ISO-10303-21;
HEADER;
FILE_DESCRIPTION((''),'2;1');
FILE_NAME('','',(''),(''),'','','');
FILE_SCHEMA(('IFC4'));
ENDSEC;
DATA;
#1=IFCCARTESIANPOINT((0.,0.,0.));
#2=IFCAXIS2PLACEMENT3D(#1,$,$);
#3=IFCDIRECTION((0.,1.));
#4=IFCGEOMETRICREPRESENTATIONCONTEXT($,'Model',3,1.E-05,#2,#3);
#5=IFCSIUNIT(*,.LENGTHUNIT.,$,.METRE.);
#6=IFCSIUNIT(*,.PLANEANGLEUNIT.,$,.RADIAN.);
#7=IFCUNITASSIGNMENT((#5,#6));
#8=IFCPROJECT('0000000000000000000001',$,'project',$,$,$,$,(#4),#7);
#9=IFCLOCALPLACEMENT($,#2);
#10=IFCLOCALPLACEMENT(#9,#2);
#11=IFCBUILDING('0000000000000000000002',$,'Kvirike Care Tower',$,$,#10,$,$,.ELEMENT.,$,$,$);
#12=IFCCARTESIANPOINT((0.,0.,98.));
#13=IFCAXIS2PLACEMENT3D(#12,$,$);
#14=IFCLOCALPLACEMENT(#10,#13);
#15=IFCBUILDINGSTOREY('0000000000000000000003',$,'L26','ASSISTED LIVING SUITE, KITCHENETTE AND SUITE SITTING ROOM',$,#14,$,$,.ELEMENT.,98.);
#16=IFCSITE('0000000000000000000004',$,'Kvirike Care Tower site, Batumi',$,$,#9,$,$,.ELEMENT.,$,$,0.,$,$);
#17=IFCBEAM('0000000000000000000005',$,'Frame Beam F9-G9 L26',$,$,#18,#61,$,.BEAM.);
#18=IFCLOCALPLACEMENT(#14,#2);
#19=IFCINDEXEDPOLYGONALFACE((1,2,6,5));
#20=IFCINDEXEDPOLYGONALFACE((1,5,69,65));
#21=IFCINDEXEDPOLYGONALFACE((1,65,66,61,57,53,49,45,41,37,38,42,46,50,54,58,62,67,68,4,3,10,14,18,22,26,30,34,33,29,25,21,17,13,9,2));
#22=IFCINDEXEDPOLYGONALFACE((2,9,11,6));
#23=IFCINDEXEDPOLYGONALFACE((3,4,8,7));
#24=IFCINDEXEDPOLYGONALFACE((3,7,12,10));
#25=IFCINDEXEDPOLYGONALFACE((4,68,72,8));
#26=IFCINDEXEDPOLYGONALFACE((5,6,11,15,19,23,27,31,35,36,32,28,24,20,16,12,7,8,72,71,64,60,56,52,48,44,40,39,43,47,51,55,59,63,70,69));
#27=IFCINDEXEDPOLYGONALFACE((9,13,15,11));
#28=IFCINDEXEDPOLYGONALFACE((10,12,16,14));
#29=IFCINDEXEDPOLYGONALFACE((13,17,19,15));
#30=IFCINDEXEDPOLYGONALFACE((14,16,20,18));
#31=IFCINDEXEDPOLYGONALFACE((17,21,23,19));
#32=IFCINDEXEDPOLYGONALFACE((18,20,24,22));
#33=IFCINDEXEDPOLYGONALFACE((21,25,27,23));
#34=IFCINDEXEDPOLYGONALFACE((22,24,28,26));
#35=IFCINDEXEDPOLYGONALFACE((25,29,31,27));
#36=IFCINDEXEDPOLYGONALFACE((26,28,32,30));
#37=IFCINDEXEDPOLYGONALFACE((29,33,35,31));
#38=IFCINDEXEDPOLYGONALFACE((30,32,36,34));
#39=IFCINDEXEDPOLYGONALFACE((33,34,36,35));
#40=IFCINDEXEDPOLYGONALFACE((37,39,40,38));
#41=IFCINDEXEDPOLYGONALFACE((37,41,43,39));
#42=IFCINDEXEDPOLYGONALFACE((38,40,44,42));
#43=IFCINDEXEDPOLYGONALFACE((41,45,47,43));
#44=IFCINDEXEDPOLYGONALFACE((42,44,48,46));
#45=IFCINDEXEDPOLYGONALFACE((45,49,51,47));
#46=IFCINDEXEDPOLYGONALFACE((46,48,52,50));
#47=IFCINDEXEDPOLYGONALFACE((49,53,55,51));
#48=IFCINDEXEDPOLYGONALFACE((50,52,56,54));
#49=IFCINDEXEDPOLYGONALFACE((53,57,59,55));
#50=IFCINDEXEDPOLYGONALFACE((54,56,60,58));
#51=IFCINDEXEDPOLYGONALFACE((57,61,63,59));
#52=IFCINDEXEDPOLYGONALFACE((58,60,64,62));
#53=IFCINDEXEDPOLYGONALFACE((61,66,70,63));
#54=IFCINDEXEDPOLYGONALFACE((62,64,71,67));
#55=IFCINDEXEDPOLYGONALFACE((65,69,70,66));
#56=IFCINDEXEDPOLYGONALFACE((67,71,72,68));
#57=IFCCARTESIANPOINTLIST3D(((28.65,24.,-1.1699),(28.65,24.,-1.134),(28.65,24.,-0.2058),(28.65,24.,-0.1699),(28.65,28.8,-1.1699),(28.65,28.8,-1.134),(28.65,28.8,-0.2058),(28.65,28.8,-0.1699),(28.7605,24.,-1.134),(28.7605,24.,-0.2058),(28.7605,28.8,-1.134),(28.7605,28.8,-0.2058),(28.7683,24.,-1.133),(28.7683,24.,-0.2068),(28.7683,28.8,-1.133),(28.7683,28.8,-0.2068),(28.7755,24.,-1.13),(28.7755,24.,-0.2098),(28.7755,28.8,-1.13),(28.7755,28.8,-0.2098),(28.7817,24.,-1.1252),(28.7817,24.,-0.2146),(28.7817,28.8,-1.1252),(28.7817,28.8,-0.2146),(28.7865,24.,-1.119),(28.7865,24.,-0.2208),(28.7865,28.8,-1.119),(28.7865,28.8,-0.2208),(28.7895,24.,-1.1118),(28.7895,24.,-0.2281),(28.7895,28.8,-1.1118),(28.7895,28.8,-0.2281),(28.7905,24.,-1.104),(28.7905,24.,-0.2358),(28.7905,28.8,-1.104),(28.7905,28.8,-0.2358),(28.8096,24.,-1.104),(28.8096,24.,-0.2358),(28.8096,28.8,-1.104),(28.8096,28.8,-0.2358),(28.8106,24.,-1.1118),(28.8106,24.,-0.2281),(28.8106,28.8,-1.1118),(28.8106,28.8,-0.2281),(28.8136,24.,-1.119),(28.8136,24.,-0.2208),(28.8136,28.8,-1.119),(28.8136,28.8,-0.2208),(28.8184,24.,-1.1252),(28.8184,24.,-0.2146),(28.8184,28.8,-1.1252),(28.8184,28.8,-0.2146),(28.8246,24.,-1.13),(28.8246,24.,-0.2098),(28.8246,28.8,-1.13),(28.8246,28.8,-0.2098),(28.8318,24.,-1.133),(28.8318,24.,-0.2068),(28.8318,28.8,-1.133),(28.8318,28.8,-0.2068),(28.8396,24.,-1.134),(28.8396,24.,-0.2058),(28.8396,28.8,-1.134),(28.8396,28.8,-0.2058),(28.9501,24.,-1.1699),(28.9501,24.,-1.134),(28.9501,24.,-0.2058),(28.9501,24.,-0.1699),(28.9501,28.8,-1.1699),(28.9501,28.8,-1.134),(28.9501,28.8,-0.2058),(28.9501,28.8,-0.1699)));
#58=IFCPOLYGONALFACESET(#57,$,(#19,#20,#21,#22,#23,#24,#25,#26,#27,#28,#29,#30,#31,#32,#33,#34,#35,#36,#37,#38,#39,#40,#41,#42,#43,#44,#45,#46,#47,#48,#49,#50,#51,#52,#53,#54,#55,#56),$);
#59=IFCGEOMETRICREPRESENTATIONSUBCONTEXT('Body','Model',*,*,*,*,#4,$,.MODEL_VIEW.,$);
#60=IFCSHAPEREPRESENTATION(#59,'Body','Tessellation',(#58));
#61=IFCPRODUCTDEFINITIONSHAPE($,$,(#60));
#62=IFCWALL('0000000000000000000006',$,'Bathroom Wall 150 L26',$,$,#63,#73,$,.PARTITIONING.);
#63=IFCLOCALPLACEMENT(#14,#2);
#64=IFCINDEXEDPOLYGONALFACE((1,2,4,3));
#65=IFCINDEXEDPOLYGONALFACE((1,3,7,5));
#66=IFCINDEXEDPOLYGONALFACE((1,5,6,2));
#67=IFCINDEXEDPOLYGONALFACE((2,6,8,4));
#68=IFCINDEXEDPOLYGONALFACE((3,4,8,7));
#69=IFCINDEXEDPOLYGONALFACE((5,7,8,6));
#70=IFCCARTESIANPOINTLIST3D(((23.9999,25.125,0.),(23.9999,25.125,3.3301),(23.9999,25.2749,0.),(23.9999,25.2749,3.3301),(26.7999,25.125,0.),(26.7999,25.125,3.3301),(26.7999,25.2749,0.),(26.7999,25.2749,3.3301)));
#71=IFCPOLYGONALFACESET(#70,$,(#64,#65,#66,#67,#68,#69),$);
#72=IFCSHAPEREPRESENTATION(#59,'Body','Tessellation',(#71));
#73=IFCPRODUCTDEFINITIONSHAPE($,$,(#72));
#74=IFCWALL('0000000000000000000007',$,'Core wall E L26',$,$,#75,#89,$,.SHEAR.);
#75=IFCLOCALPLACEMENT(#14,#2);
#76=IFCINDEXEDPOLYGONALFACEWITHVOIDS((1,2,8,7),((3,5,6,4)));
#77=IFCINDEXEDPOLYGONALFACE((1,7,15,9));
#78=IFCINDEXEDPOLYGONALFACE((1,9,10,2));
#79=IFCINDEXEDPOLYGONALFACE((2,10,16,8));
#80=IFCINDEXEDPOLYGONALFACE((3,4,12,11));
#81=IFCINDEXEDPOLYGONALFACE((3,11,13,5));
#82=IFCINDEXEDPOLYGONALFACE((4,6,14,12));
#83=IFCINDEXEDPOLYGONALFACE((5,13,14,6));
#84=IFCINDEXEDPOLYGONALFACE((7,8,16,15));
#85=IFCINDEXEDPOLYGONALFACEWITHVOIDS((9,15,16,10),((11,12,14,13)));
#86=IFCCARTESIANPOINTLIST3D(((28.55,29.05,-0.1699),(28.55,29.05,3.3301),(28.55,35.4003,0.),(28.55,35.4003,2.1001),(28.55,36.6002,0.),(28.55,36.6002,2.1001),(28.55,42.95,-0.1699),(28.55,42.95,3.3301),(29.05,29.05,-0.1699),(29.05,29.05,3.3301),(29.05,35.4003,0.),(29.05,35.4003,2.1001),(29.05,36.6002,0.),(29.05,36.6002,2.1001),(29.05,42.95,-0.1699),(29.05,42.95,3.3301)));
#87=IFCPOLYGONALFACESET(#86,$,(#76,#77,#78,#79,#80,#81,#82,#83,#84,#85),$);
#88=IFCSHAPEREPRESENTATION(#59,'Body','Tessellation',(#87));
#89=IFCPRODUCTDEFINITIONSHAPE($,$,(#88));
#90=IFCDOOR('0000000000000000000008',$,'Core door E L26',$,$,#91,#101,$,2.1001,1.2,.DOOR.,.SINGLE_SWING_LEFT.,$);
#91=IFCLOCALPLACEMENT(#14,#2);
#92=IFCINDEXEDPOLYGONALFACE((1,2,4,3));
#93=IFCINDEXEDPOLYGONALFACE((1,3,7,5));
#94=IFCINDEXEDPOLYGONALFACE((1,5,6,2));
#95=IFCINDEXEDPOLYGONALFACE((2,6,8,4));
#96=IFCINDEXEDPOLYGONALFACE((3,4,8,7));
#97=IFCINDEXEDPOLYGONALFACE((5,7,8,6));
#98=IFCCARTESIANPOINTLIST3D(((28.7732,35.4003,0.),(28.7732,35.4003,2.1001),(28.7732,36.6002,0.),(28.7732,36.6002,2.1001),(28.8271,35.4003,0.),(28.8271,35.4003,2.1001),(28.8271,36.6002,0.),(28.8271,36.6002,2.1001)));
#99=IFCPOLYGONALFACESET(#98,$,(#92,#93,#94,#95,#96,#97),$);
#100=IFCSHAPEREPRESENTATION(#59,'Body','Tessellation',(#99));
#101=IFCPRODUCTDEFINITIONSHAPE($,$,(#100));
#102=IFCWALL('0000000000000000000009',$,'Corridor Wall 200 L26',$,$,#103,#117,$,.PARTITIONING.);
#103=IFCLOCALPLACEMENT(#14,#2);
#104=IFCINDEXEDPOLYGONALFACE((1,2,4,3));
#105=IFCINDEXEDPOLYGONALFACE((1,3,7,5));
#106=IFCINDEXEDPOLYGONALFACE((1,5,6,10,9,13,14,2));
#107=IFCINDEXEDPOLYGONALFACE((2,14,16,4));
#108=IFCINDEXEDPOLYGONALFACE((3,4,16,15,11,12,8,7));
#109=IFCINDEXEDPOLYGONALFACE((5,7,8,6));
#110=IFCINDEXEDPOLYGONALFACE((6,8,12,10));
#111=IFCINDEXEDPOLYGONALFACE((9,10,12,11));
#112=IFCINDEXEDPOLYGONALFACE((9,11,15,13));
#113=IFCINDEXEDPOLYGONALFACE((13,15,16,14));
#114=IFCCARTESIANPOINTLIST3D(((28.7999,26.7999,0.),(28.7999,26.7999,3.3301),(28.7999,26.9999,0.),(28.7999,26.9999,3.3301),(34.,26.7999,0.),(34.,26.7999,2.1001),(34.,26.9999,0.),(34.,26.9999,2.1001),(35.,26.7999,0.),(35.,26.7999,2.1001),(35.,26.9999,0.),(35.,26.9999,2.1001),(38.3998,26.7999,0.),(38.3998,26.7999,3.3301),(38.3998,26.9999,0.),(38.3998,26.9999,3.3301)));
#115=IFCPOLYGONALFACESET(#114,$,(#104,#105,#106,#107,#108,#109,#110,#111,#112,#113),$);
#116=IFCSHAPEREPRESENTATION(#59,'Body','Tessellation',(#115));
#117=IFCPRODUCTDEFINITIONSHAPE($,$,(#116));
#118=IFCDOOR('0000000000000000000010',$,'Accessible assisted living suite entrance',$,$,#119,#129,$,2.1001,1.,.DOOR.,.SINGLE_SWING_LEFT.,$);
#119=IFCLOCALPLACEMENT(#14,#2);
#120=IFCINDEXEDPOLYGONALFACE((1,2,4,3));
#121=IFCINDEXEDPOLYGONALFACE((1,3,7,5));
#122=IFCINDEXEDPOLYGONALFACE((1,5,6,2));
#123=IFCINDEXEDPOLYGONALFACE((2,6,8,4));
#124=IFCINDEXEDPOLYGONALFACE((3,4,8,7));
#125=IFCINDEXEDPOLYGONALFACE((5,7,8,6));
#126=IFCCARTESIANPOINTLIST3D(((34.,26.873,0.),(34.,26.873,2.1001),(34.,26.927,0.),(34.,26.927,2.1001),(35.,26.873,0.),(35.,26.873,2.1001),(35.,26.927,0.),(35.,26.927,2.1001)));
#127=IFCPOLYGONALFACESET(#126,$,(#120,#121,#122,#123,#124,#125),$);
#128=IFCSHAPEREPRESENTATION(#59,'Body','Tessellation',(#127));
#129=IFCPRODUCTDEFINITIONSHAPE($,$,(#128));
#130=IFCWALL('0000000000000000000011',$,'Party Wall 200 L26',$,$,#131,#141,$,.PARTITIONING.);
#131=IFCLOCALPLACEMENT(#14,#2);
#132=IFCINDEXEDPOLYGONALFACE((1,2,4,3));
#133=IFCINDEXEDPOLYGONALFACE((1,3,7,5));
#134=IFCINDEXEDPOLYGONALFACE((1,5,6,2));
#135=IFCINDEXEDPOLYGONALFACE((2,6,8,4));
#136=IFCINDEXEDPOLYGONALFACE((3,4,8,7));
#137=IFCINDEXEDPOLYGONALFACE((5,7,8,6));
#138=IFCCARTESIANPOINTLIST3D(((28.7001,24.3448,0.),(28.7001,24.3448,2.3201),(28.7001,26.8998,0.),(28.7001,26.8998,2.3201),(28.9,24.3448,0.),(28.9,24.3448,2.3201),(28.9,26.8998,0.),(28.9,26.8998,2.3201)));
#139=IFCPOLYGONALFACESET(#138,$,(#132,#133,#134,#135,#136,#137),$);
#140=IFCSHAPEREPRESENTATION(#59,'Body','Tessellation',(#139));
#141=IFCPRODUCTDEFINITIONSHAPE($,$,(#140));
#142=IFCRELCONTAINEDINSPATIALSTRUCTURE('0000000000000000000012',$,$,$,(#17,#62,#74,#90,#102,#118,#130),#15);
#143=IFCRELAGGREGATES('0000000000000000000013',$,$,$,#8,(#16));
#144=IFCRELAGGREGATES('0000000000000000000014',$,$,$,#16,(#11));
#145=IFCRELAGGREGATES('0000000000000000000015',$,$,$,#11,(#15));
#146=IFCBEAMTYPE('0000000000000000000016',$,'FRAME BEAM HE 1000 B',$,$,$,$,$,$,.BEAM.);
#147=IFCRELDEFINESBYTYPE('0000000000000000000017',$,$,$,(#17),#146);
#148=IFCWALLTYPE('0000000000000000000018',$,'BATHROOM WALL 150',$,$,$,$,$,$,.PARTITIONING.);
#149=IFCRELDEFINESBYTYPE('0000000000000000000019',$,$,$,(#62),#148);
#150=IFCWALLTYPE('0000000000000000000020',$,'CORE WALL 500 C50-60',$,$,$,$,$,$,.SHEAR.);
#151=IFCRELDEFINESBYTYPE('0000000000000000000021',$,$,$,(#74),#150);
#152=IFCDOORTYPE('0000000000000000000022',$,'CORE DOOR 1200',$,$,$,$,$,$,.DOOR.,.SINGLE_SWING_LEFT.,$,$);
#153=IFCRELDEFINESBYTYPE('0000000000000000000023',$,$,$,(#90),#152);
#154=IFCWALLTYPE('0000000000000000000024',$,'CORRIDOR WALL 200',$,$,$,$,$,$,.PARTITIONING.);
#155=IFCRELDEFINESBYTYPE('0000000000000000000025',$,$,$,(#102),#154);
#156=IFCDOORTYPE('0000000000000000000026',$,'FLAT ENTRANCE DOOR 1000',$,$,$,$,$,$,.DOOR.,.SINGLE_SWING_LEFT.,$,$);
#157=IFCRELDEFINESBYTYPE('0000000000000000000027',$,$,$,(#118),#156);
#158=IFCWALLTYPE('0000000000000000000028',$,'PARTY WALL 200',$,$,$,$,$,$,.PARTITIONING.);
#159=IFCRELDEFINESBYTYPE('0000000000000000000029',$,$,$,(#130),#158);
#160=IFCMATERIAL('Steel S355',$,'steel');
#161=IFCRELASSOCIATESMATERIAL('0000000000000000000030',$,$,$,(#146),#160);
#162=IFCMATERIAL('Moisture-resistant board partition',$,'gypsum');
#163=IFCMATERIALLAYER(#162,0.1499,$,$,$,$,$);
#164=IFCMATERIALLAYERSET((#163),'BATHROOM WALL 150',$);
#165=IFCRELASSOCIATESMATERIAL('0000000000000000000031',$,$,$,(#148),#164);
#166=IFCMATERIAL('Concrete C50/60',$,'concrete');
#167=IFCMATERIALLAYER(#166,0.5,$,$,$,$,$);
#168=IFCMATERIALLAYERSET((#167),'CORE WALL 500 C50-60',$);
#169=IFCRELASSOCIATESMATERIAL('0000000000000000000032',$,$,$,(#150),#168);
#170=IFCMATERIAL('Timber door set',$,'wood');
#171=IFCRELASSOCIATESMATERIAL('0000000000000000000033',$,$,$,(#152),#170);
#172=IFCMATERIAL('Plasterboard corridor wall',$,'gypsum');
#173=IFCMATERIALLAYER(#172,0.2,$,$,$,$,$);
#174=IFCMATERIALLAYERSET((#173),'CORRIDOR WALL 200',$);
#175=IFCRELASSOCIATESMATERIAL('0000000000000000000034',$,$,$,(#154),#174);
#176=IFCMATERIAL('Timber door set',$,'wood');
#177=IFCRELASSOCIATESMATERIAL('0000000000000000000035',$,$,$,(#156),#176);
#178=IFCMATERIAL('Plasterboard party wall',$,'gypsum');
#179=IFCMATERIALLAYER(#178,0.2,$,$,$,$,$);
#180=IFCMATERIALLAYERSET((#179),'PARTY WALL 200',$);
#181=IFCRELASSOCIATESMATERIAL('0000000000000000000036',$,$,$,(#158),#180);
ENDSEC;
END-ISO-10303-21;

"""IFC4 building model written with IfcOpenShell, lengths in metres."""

from ifc_helpers import new_model, si_unit, direction, frame, frame_2d, origin, origin_2d, place, context, subcontext, project, spatial, rectangle, i_section, extrude, material, layer, layer_set, material_profile, profile_set, type_object, element, fill, save


model = new_model("IFC4")

# Units and contexts
model_context = context("Model", 3, precision=1e-05, world=origin(), true_north=direction((0.0, 1.0)))
body_context = subcontext(model_context, "Body", "Model", "MODEL_VIEW")
ifc_project = project(units=[si_unit("LENGTHUNIT", "METRE"), si_unit("PLANEANGLEUNIT", "RADIAN")], contexts=[model_context])

# Site, building, storey
site_placement = place(None, origin())
site = spatial("IfcSite", under=ifc_project, at=site_placement, Name="Kvirike Care Tower site, Batumi", CompositionType="ELEMENT", RefElevation=0.0)
building_placement = place(site_placement, origin())
building = spatial("IfcBuilding", under=site, at=building_placement, Name="Kvirike Care Tower", CompositionType="ELEMENT")
storey_placement = place(building_placement, frame((0.0, 0.0, 98.0)))
storey = spatial("IfcBuildingStorey", under=building, at=storey_placement, Name="L26", Description="ASSISTED LIVING SUITE, KITCHENETTE AND SUITE SITTING ROOM", CompositionType="ELEMENT", Elevation=98.0)

# Beam
ifc_material_1 = material(Name="Steel S355", Category="steel")
ifc_material_profile_1 = material_profile(ifc_material_1, i_section(OverallWidth=0.3, OverallDepth=1.0, WebThickness=0.019, FlangeThickness=0.0359, FilletRadius=0.03, at=origin_2d()), Name="HE 1000 B")
ifc_profile_set_1 = profile_set([ifc_material_profile_1], Name="Steel S355")
beam_type_1 = type_object("IfcBeamType", Name="FRAME BEAM HE 1000 B", PredefinedType="BEAM", material=ifc_profile_set_1)
for number, where, z_axis, x_axis, name in (
    (1, (28.8, 24.0, -0.6699), (0.0, 1.0, 0.0), (-1.0, 0.0, 0.0), "Frame Beam F9-G9 L26"),
):
    element("IfcBeam", number, at=place(storey_placement, frame(where, z_axis=z_axis, x_axis=x_axis)), inside=storey, type_object=beam_type_1, Name=name, PredefinedType="BEAM", context=body_context, shape_type="SweptSolid", body=[
        extrude(i_section(OverallWidth=0.3, OverallDepth=1.0, WebThickness=0.019, FlangeThickness=0.0359, FilletRadius=0.03, at=origin_2d()), origin(), (0.0, 0.0, 1.0), 4.8),
    ])

# Wall
ifc_material_2 = material(Name="Moisture-resistant board partition", Category="gypsum")
ifc_layer_1 = layer(ifc_material_2, 0.1499)
ifc_layer_set_1 = layer_set([ifc_layer_1], Name="BATHROOM WALL 150")
wall_type_1 = type_object("IfcWallType", Name="BATHROOM WALL 150", PredefinedType="PARTITIONING", material=ifc_layer_set_1)
wall_1_placement = place(storey_placement, frame((24.0, 25.2, 0.0), z_axis=(0.0, 0.0, 1.0), x_axis=(1.0, 0.0, 0.0)))
element("IfcWall", 2, at=wall_1_placement, inside=storey, type_object=wall_type_1, Name="Bathroom Wall 150 L26", PredefinedType="PARTITIONING", context=body_context, shape_type="SweptSolid", body=[
    extrude(rectangle(XDim=2.8, YDim=0.1499, at=frame_2d((1.3999, 0.0))), origin(), (0.0, 0.0, 1.0), 3.3301),
])

# Walls, openings, doors
ifc_material_3 = material(Name="Concrete C50/60", Category="concrete")
ifc_layer_2 = layer(ifc_material_3, 0.5)
ifc_layer_set_2 = layer_set([ifc_layer_2], Name="CORE WALL 500 C50-60")
wall_type_2 = type_object("IfcWallType", Name="CORE WALL 500 C50-60", PredefinedType="SHEAR", material=ifc_layer_set_2)
wall_2_placement = place(storey_placement, frame((28.8, 29.05, -0.1699), z_axis=(0.0, 0.0, 1.0), x_axis=(0.0, 1.0, 0.0)))
wall_2 = element("IfcWall", 3, at=wall_2_placement, inside=storey, type_object=wall_type_2, Name="Core wall E L26", PredefinedType="SHEAR", context=body_context, shape_type="SweptSolid", body=[
    extrude(rectangle(XDim=13.8999, YDim=0.5, at=frame_2d((6.95, 0.0))), origin(), (0.0, 0.0, 1.0), 3.5),
])
opening_1_placement = place(wall_2_placement, frame((6.3501, 0.0, 0.1699)))
opening_1 = element("IfcOpeningElement", 4, at=opening_1_placement, cuts=wall_2, PredefinedType="OPENING", context=body_context, shape_type="SweptSolid", body=[
    extrude(rectangle(XDim=1.2, YDim=2.1001, at=frame_2d((0.6001, 1.05))), frame((0.0, 0.2605, 0.0), z_axis=(0.0, -1.0, 0.0), x_axis=(1.0, 0.0, 0.0)), (0.0, 0.0, 1.0), 0.521),
])
ifc_material_4 = material(Name="Timber door set", Category="wood")
door_type_1 = type_object("IfcDoorType", Name="CORE DOOR 1200", OperationType="SINGLE_SWING_LEFT", PredefinedType="DOOR", material=ifc_material_4)
door_1_placement = place(opening_1_placement, origin())
door_1 = element("IfcDoor", 5, at=door_1_placement, inside=storey, type_object=door_type_1, Name="Core door E L26", OperationType="SINGLE_SWING_LEFT", OverallHeight=2.1001, OverallWidth=1.2, PredefinedType="DOOR", context=body_context, shape_type="SweptSolid", body=[
    extrude(rectangle(XDim=1.2, YDim=2.1001, at=frame_2d((0.6001, 1.05))), frame((0.0, 0.0269, 0.0), z_axis=(0.0, -1.0, 0.0), x_axis=(1.0, 0.0, 0.0)), (0.0, 0.0, 1.0), 0.054),
])
fill(opening_1, door_1)
ifc_material_5 = material(Name="Plasterboard corridor wall", Category="gypsum")
ifc_layer_3 = layer(ifc_material_5, 0.2)
ifc_layer_set_3 = layer_set([ifc_layer_3], Name="CORRIDOR WALL 200")
wall_type_3 = type_object("IfcWallType", Name="CORRIDOR WALL 200", PredefinedType="PARTITIONING", material=ifc_layer_set_3)
wall_3_placement = place(storey_placement, frame((28.8, 26.8999, 0.0), z_axis=(0.0, 0.0, 1.0), x_axis=(1.0, 0.0, 0.0)))
wall_3 = element("IfcWall", 6, at=wall_3_placement, inside=storey, type_object=wall_type_3, Name="Corridor Wall 200 L26", PredefinedType="PARTITIONING", context=body_context, shape_type="SweptSolid", body=[
    extrude(rectangle(XDim=9.5999, YDim=0.2, at=frame_2d((4.7998, 0.0))), origin(), (0.0, 0.0, 1.0), 3.3301),
])
opening_2_placement = place(wall_3_placement, frame((5.2, 0.0, 0.0)))
opening_2 = element("IfcOpeningElement", 7, at=opening_2_placement, cuts=wall_3, PredefinedType="OPENING", context=body_context, shape_type="SweptSolid", body=[
    extrude(rectangle(XDim=1.0, YDim=2.1001, at=frame_2d((0.5, 1.05))), frame((0.0, 0.1106, 0.0), z_axis=(0.0, -1.0, 0.0), x_axis=(1.0, 0.0, 0.0)), (0.0, 0.0, 1.0), 0.2209),
])
ifc_material_6 = material(Name="Timber door set", Category="wood")
door_type_2 = type_object("IfcDoorType", Name="FLAT ENTRANCE DOOR 1000", OperationType="SINGLE_SWING_LEFT", PredefinedType="DOOR", material=ifc_material_6)
door_2_placement = place(opening_2_placement, frame((1.0, 0.0, 0.0), z_axis=(0.0, 0.0, 1.0), x_axis=(-1.0, 0.0, 0.0)))
door_2 = element("IfcDoor", 8, at=door_2_placement, inside=storey, type_object=door_type_2, Name="Accessible assisted living suite entrance", OperationType="SINGLE_SWING_LEFT", OverallHeight=2.1001, OverallWidth=1.0, PredefinedType="DOOR", context=body_context, shape_type="SweptSolid", body=[
    extrude(rectangle(XDim=1.0, YDim=2.1001, at=frame_2d((0.5, 1.05))), frame((0.0, 0.0269, 0.0), z_axis=(0.0, -1.0, 0.0), x_axis=(1.0, 0.0, 0.0)), (0.0, 0.0, 1.0), 0.054),
])
fill(opening_2, door_2)

# Wall
ifc_material_7 = material(Name="Plasterboard party wall", Category="gypsum")
ifc_layer_4 = layer(ifc_material_7, 0.2)
ifc_layer_set_4 = layer_set([ifc_layer_4], Name="PARTY WALL 200")
wall_type_4 = type_object("IfcWallType", Name="PARTY WALL 200", PredefinedType="PARTITIONING", material=ifc_layer_set_4)
wall_4_placement = place(storey_placement, frame((28.8, 24.345, 0.0), z_axis=(0.0, 0.0, 1.0), x_axis=(0.0, 1.0, 0.0)))
element("IfcWall", 9, at=wall_4_placement, inside=storey, type_object=wall_type_4, Name="Party Wall 200 L26", PredefinedType="PARTITIONING", context=body_context, shape_type="SweptSolid", body=[
    extrude(rectangle(XDim=2.5549, YDim=0.2, at=frame_2d((1.2773, 0.0))), origin(), (0.0, 0.0, 1.0), 2.3201),
])

save(model, "model.ifc")
